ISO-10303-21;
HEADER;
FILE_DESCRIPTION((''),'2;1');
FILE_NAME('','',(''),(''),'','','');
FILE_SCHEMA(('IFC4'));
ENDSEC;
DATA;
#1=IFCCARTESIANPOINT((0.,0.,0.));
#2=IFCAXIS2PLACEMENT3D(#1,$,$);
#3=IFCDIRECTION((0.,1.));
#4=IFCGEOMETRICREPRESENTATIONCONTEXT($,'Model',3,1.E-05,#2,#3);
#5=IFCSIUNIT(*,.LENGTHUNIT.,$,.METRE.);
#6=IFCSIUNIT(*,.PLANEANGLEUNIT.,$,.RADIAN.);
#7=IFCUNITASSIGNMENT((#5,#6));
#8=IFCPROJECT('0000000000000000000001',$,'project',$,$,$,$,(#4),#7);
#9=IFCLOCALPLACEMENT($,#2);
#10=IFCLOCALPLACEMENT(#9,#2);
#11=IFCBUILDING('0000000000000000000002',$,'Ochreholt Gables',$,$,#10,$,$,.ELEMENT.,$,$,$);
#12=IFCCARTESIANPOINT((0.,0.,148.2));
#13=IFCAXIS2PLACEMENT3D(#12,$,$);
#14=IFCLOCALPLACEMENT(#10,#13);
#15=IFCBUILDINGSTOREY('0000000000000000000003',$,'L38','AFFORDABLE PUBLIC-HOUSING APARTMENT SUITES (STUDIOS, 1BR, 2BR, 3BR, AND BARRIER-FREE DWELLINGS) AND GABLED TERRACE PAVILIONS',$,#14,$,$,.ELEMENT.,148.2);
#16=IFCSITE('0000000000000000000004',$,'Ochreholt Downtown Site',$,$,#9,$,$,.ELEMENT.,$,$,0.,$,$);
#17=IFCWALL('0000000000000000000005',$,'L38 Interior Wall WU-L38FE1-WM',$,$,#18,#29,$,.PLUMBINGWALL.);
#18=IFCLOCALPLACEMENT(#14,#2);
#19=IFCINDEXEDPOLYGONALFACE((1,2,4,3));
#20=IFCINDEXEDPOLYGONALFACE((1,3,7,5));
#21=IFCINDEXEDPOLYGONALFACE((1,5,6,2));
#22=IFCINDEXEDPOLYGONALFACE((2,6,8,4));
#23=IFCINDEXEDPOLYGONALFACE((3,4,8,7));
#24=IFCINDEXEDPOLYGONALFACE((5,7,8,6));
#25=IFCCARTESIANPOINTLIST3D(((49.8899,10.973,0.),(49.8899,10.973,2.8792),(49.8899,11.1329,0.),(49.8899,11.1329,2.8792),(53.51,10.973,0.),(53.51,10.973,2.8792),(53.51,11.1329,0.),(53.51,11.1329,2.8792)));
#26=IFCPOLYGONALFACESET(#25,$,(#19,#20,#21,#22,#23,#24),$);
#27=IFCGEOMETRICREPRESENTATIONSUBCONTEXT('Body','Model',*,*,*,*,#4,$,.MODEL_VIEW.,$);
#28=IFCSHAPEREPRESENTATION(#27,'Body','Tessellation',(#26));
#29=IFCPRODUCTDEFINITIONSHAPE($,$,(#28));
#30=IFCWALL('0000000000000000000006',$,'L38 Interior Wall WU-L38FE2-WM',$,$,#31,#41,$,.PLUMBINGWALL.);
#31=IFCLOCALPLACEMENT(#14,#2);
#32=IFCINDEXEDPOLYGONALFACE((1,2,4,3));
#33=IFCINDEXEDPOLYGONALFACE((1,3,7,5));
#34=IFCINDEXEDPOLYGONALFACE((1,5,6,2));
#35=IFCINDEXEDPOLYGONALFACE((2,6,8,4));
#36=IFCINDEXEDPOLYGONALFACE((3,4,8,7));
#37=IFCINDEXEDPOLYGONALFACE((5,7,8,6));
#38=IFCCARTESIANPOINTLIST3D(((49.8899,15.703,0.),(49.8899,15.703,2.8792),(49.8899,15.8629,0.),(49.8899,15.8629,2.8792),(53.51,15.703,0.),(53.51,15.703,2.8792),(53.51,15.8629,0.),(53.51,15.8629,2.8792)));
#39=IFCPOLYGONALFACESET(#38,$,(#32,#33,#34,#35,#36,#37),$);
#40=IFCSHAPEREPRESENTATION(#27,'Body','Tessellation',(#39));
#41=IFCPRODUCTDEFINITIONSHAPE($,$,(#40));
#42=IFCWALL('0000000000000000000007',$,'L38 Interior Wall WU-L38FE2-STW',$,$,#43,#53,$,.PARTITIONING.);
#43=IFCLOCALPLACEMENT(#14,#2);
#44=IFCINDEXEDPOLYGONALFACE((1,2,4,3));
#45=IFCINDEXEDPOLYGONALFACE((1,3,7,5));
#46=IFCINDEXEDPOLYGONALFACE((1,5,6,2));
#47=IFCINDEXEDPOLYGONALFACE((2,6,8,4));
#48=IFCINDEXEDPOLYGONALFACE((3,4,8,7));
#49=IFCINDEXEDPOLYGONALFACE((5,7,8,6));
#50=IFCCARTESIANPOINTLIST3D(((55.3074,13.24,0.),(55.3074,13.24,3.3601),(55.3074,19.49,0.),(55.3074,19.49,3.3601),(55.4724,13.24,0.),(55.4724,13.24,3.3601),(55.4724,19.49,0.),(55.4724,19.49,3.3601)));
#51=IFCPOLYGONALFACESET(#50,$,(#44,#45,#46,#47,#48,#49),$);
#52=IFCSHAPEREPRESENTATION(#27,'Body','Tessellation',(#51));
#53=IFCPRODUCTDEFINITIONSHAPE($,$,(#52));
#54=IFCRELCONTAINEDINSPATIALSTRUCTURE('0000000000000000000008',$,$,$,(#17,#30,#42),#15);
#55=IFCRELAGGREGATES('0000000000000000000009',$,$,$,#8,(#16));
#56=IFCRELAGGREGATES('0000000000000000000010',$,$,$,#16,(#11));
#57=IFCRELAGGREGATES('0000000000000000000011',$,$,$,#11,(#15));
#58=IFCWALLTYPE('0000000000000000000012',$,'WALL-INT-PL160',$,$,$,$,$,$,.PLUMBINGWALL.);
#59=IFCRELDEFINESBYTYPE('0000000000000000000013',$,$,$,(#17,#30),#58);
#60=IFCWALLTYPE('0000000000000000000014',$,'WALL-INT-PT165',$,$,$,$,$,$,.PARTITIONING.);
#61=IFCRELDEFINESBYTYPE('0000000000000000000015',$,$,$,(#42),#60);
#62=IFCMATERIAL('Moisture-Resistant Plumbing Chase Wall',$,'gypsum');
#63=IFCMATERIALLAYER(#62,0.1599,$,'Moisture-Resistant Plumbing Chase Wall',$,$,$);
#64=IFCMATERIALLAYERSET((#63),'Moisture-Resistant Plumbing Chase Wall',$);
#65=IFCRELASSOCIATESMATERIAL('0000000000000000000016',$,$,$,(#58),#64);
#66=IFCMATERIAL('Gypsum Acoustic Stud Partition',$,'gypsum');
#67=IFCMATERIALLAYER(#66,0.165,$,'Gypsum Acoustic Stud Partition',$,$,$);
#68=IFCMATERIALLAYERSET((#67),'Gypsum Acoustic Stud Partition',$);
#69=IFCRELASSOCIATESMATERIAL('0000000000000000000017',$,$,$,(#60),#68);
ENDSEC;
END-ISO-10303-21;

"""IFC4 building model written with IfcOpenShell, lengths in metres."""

from ifc_helpers import new_model, si_unit, direction, frame, frame_2d, origin, place, context, subcontext, project, spatial, rectangle, extrude, material, layer, layer_set, type_object, element, save


model = new_model("IFC4")

# Units and contexts
model_context = context("Model", 3, precision=1e-05, world=origin(), true_north=direction((0.0, 1.0)))
body_context = subcontext(model_context, "Body", "Model", "MODEL_VIEW")
ifc_project = project(units=[si_unit("LENGTHUNIT", "METRE"), si_unit("PLANEANGLEUNIT", "RADIAN")], contexts=[model_context])

# Site, building, storey
site_placement = place(None, origin())
site = spatial("IfcSite", under=ifc_project, at=site_placement, Name="Ochreholt Downtown Site", CompositionType="ELEMENT", RefElevation=0.0)
building_placement = place(site_placement, origin())
building = spatial("IfcBuilding", under=site, at=building_placement, Name="Ochreholt Gables", CompositionType="ELEMENT")
storey_placement = place(building_placement, frame((0.0, 0.0, 148.2)))
storey = spatial("IfcBuildingStorey", under=building, at=storey_placement, Name="L38", Description="AFFORDABLE PUBLIC-HOUSING APARTMENT SUITES (STUDIOS, 1BR, 2BR, 3BR, AND BARRIER-FREE DWELLINGS) AND GABLED TERRACE PAVILIONS", CompositionType="ELEMENT", Elevation=148.2)

# Shared definitions
ifc_material_1 = material(Name="Moisture-Resistant Plumbing Chase Wall", Category="gypsum")
ifc_layer_1 = layer(ifc_material_1, 0.1599, Name="Moisture-Resistant Plumbing Chase Wall")
ifc_layer_set_1 = layer_set([ifc_layer_1], Name="Moisture-Resistant Plumbing Chase Wall")
wall_type_1 = type_object("IfcWallType", Name="WALL-INT-PL160", PredefinedType="PLUMBINGWALL", material=ifc_layer_set_1)

# Wall
wall_1_placement = place(storey_placement, frame((49.8899, 11.053, 0.0), z_axis=(0.0, 0.0, 1.0), x_axis=(1.0, 0.0, 0.0)))
element("IfcWall", 1, at=wall_1_placement, inside=storey, type_object=wall_type_1, Name="L38 Interior Wall WU-L38FE1-WM", PredefinedType="PLUMBINGWALL", context=body_context, shape_type="SweptSolid", body=[
    extrude(rectangle(XDim=3.6201, YDim=0.1599, at=frame_2d((1.8101, 0.0))), origin(), (0.0, 0.0, 1.0), 2.8792),
])

# Walls
wall_2_placement = place(storey_placement, frame((49.8899, 15.783, 0.0), z_axis=(0.0, 0.0, 1.0), x_axis=(1.0, 0.0, 0.0)))
element("IfcWall", 2, at=wall_2_placement, inside=storey, type_object=wall_type_1, Name="L38 Interior Wall WU-L38FE2-WM", PredefinedType="PLUMBINGWALL", context=body_context, shape_type="SweptSolid", body=[
    extrude(rectangle(XDim=3.6201, YDim=0.1599, at=frame_2d((1.8101, 0.0))), origin(), (0.0, 0.0, 1.0), 2.8792),
])
ifc_material_2 = material(Name="Gypsum Acoustic Stud Partition", Category="gypsum")
ifc_layer_2 = layer(ifc_material_2, 0.165, Name="Gypsum Acoustic Stud Partition")
ifc_layer_set_2 = layer_set([ifc_layer_2], Name="Gypsum Acoustic Stud Partition")
wall_type_2 = type_object("IfcWallType", Name="WALL-INT-PT165", PredefinedType="PARTITIONING", material=ifc_layer_set_2)
wall_3_placement = place(storey_placement, frame((55.3899, 13.24, 0.0), z_axis=(0.0, 0.0, 1.0), x_axis=(0.0, 1.0, 0.0)))
element("IfcWall", 3, at=wall_3_placement, inside=storey, type_object=wall_type_2, Name="L38 Interior Wall WU-L38FE2-STW", PredefinedType="PARTITIONING", context=body_context, shape_type="SweptSolid", body=[
    extrude(rectangle(XDim=6.25, YDim=0.165, at=frame_2d((3.125, 0.0))), origin(), (0.0, 0.0, 1.0), 3.3601),
])

save(model, "model.ifc")
